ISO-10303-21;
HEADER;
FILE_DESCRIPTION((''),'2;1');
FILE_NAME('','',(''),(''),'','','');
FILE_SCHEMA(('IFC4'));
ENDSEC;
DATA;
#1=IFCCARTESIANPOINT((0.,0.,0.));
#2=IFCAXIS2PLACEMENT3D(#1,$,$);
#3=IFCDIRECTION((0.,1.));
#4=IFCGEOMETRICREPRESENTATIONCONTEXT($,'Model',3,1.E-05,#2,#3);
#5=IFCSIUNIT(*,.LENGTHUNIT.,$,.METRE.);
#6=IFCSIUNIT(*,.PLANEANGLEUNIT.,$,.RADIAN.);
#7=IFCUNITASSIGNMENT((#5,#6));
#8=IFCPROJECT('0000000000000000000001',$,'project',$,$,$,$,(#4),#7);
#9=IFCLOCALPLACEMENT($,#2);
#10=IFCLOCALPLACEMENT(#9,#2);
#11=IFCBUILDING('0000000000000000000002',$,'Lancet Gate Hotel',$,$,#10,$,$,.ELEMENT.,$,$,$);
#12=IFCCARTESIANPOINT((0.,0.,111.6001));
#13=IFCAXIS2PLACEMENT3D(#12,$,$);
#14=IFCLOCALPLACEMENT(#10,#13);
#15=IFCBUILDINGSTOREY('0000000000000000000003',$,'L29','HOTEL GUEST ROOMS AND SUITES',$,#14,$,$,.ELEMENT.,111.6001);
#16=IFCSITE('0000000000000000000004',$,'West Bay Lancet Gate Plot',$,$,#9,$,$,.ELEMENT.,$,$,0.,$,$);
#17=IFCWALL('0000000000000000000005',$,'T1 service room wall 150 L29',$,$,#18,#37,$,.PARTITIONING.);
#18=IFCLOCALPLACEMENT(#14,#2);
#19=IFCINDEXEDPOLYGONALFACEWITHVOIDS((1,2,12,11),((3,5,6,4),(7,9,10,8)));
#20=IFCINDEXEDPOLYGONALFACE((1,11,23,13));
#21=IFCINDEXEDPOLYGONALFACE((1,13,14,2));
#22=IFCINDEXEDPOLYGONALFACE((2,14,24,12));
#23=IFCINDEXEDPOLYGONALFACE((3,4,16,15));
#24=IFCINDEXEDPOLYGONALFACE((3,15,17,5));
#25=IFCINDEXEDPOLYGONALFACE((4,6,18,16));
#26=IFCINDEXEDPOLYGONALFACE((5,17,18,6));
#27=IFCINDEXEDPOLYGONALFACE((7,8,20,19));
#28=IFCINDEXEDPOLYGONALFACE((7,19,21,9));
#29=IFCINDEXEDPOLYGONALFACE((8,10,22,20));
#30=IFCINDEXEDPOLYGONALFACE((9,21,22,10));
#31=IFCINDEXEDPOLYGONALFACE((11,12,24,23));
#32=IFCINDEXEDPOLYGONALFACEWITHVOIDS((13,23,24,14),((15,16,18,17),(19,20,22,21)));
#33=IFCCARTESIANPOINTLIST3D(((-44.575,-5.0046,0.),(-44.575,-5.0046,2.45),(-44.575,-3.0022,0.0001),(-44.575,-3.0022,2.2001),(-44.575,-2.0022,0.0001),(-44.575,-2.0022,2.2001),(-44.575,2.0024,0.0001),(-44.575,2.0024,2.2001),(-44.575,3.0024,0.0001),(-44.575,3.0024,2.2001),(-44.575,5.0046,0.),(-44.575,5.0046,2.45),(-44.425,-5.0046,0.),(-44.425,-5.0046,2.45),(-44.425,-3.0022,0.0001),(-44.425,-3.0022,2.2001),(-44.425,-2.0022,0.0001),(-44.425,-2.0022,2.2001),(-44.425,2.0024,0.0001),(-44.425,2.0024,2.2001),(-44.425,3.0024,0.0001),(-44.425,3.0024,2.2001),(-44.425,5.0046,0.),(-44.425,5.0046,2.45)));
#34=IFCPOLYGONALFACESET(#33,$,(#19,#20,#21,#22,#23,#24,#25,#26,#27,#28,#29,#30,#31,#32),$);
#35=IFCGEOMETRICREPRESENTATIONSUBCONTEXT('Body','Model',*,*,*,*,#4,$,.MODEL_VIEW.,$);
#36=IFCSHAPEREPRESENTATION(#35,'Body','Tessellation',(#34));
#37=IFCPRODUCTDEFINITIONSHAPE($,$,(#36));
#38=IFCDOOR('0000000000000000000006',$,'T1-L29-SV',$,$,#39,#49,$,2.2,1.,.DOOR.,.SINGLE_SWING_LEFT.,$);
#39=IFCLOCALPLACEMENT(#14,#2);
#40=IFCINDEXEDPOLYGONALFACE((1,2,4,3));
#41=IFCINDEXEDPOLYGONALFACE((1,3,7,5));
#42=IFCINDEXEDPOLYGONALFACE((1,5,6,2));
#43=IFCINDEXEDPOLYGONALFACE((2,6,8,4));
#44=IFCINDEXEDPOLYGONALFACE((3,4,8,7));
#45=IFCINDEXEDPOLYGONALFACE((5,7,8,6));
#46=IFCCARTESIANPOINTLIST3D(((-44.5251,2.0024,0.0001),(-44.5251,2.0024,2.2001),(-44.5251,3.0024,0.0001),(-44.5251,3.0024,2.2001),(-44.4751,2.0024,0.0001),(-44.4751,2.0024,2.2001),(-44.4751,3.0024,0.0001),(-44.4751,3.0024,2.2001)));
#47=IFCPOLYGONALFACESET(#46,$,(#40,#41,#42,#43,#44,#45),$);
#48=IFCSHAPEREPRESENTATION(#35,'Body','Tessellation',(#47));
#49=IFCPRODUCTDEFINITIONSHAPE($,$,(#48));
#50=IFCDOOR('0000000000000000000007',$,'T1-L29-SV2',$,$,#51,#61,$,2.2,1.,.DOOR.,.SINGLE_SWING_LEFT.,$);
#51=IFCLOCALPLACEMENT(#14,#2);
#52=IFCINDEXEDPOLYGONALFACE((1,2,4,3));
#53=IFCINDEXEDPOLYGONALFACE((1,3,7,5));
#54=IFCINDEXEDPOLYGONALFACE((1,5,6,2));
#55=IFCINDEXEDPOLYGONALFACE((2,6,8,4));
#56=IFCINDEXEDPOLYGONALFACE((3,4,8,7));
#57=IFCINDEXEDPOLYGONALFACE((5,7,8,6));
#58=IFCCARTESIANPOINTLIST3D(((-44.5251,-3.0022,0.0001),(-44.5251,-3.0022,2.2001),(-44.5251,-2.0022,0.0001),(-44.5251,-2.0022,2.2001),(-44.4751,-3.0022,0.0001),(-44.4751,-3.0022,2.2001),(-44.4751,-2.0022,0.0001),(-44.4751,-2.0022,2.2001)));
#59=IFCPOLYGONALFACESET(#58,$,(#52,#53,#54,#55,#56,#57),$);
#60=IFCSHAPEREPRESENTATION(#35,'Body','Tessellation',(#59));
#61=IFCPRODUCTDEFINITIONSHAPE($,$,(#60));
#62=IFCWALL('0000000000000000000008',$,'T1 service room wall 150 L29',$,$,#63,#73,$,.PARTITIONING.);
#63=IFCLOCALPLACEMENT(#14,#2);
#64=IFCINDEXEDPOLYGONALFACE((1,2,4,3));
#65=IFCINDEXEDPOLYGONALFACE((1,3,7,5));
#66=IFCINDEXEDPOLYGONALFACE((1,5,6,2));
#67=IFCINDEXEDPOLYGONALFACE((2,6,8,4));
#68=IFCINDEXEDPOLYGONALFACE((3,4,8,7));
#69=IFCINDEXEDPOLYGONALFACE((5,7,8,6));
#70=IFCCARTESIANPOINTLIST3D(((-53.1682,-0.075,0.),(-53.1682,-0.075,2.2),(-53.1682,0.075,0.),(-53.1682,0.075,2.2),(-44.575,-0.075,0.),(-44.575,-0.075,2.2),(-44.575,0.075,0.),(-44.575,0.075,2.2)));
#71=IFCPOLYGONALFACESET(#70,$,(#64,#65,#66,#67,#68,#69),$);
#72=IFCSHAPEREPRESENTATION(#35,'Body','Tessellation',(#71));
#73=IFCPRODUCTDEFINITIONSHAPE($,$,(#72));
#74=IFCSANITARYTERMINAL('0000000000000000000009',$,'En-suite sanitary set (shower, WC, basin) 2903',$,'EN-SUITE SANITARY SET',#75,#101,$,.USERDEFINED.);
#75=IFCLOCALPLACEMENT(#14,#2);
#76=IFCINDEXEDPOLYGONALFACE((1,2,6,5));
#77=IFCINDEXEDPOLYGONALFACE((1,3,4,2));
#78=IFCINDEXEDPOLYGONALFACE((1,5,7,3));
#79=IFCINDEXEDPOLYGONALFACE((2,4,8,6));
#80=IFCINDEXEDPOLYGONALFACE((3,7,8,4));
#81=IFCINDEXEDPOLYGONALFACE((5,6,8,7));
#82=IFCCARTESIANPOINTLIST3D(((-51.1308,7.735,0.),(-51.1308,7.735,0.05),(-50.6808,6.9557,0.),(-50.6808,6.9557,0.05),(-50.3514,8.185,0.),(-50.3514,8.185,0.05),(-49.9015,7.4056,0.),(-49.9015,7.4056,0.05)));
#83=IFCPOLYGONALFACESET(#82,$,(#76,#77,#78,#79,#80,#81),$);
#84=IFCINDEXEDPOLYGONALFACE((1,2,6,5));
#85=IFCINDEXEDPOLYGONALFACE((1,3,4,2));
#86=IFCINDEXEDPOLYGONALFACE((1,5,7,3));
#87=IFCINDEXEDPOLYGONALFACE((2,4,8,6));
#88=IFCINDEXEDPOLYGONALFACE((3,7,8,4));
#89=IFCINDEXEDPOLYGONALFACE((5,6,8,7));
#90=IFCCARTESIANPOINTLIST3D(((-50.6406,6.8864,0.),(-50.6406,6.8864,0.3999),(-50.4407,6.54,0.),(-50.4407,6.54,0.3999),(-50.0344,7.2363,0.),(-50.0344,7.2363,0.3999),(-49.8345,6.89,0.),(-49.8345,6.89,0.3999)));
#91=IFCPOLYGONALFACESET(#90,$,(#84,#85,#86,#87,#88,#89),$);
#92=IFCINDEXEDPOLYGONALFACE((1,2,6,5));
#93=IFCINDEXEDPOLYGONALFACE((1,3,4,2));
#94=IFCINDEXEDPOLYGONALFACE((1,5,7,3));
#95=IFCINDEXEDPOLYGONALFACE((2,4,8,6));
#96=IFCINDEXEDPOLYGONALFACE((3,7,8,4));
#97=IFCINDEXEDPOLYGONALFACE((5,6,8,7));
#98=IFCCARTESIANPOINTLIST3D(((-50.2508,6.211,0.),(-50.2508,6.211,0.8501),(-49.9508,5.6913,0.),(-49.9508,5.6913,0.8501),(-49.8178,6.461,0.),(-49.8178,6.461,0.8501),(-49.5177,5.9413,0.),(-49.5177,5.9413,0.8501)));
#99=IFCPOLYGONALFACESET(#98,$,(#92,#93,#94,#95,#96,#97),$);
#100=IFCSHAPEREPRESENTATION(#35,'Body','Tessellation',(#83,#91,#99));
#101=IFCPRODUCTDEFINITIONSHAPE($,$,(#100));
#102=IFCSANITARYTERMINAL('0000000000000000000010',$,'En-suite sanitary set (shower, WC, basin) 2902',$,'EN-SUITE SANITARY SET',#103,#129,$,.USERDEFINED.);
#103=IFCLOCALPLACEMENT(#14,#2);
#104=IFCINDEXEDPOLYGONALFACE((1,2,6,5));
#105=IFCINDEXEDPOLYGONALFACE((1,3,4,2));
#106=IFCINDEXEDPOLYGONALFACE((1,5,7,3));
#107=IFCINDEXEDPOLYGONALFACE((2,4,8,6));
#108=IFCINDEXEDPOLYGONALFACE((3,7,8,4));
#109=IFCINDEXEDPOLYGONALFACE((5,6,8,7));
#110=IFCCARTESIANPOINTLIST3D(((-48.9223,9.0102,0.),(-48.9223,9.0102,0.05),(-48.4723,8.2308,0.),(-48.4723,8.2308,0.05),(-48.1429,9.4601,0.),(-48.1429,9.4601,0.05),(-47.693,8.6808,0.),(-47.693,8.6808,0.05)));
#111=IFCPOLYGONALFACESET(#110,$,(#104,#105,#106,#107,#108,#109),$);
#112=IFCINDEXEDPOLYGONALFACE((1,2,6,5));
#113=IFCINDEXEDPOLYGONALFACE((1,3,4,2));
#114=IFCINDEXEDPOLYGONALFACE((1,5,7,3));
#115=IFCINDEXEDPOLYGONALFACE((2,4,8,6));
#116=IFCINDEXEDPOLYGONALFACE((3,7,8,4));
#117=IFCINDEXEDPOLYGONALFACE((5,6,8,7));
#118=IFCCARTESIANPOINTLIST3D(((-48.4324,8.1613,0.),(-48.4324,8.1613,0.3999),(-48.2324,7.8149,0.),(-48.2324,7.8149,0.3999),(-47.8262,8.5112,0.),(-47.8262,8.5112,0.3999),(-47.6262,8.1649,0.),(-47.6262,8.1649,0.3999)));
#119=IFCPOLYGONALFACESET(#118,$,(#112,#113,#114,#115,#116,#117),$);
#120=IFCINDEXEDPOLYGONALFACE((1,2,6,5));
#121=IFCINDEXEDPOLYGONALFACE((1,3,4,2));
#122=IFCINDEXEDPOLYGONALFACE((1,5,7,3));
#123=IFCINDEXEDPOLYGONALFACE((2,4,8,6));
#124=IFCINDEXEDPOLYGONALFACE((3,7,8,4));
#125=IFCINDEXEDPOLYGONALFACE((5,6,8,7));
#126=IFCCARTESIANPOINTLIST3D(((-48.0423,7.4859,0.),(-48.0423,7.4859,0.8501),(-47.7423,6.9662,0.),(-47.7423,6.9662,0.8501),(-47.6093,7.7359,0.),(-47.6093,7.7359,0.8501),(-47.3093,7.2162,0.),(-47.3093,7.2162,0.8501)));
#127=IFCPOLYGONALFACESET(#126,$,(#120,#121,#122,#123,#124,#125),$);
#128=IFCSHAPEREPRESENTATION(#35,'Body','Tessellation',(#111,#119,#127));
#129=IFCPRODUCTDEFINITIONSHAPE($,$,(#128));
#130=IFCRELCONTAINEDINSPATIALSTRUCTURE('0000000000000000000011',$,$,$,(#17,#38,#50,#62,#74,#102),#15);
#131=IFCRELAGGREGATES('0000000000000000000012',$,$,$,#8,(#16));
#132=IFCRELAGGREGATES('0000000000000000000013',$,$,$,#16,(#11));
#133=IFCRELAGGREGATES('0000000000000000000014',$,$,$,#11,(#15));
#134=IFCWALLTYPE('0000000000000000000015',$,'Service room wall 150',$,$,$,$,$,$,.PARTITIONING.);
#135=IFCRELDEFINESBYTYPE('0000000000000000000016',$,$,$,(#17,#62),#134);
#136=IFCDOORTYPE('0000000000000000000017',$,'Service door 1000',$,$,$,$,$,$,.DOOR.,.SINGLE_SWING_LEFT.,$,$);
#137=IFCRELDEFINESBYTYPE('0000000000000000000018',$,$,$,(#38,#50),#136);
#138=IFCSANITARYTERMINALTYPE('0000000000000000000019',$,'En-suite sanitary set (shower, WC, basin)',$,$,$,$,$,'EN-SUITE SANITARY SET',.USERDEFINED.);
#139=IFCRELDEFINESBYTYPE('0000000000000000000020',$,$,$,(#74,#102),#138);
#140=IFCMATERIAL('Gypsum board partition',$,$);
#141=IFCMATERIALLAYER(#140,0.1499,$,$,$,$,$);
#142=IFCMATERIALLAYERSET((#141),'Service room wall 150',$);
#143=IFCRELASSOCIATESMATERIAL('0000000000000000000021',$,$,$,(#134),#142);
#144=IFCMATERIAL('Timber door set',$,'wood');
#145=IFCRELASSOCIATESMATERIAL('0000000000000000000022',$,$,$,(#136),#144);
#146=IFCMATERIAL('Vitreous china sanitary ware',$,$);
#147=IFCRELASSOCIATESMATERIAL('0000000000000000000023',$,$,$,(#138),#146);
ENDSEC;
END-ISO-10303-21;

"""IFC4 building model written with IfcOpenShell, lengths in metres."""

from ifc_helpers import new_model, si_unit, direction, frame, frame_2d, origin, origin_2d, place, context, subcontext, project, spatial, rectangle, extrude, material, layer, layer_set, type_object, element, fill, save


model = new_model("IFC4")

# Units and contexts
model_context = context("Model", 3, precision=1e-05, world=origin(), true_north=direction((0.0, 1.0)))
body_context = subcontext(model_context, "Body", "Model", "MODEL_VIEW")
ifc_project = project(units=[si_unit("LENGTHUNIT", "METRE"), si_unit("PLANEANGLEUNIT", "RADIAN")], contexts=[model_context])

# Site, building, storey
site_placement = place(None, origin())
site = spatial("IfcSite", under=ifc_project, at=site_placement, Name="West Bay Lancet Gate Plot", CompositionType="ELEMENT", RefElevation=0.0)
building_placement = place(site_placement, origin())
building = spatial("IfcBuilding", under=site, at=building_placement, Name="Lancet Gate Hotel", CompositionType="ELEMENT")
storey_placement = place(building_placement, frame((0.0, 0.0, 111.6001)))
storey = spatial("IfcBuildingStorey", under=building, at=storey_placement, Name="L29", Description="HOTEL GUEST ROOMS AND SUITES", CompositionType="ELEMENT", Elevation=111.6001)

# Shared definitions
ifc_material_1 = material(Name="Gypsum board partition")
ifc_layer_1 = layer(ifc_material_1, 0.1499)
ifc_layer_set_1 = layer_set([ifc_layer_1], Name="Service room wall 150")
wall_type_1 = type_object("IfcWallType", Name="Service room wall 150", PredefinedType="PARTITIONING", material=ifc_layer_set_1)

# Wall, openings, doors
wall_1_placement = place(storey_placement, frame((-44.5, 5.0046, 0.0), z_axis=(0.0, 0.0, 1.0), x_axis=(0.0, -1.0, 0.0)))
wall_1 = element("IfcWall", 1, at=wall_1_placement, inside=storey, type_object=wall_type_1, Name="T1 service room wall 150 L29", PredefinedType="PARTITIONING", context=body_context, shape_type="SweptSolid", body=[
    extrude(rectangle(XDim=10.0093, YDim=0.1499, at=frame_2d((5.0046, 0.0))), origin(), (0.0, 0.0, 1.0), 2.45),
])
opening_1_placement = place(wall_1_placement, frame((2.0022, 0.0, 0.0)))
opening_1 = element("IfcOpeningElement", 2, at=opening_1_placement, cuts=wall_1, PredefinedType="OPENING", context=body_context, shape_type="SweptSolid", body=[
    extrude(rectangle(XDim=1.0, YDim=2.2, at=frame_2d((0.5, 1.1001))), frame((0.0, 0.085, 0.0), z_axis=(0.0, -1.0, 0.0), x_axis=(1.0, 0.0, 0.0)), (0.0, 0.0, 1.0), 0.1699),
])
opening_2_placement = place(wall_1_placement, frame((7.0068, 0.0, 0.0)))
opening_2 = element("IfcOpeningElement", 3, at=opening_2_placement, cuts=wall_1, PredefinedType="OPENING", context=body_context, shape_type="SweptSolid", body=[
    extrude(rectangle(XDim=1.0, YDim=2.2, at=frame_2d((0.5, 1.1001))), frame((0.0, 0.085, 0.0), z_axis=(0.0, -1.0, 0.0), x_axis=(1.0, 0.0, 0.0)), (0.0, 0.0, 1.0), 0.1699),
])
ifc_material_2 = material(Name="Timber door set", Category="wood")
door_type_1 = type_object("IfcDoorType", Name="Service door 1000", OperationType="SINGLE_SWING_LEFT", PredefinedType="DOOR", material=ifc_material_2)
door_1_placement = place(opening_1_placement, origin())
door_1 = element("IfcDoor", 4, at=door_1_placement, inside=storey, type_object=door_type_1, Name="T1-L29-SV", OperationType="SINGLE_SWING_LEFT", OverallHeight=2.2, OverallWidth=1.0, PredefinedType="DOOR", context=body_context, shape_type="SweptSolid", body=[
    extrude(rectangle(XDim=1.0, YDim=2.2, at=frame_2d((0.5, 1.1001))), frame((0.0, 0.0249, 0.0), z_axis=(0.0, -1.0, 0.0), x_axis=(1.0, 0.0, 0.0)), (0.0, 0.0, 1.0), 0.05),
])
fill(opening_1, door_1)
door_2_placement = place(opening_2_placement, origin())
door_2 = element("IfcDoor", 5, at=door_2_placement, inside=storey, type_object=door_type_1, Name="T1-L29-SV2", OperationType="SINGLE_SWING_LEFT", OverallHeight=2.2, OverallWidth=1.0, PredefinedType="DOOR", context=body_context, shape_type="SweptSolid", body=[
    extrude(rectangle(XDim=1.0, YDim=2.2, at=frame_2d((0.5, 1.1001))), frame((0.0, 0.0249, 0.0), z_axis=(0.0, -1.0, 0.0), x_axis=(1.0, 0.0, 0.0)), (0.0, 0.0, 1.0), 0.05),
])
fill(opening_2, door_2)

# Wall
wall_2_placement = place(storey_placement, frame((-44.575, 0.0, 0.0), z_axis=(0.0, 0.0, 1.0), x_axis=(-1.0, 0.0, 0.0)))
element("IfcWall", 6, at=wall_2_placement, inside=storey, type_object=wall_type_1, Name="T1 service room wall 150 L29", PredefinedType="PARTITIONING", context=body_context, shape_type="SweptSolid", body=[
    extrude(rectangle(XDim=8.5933, YDim=0.1499, at=frame_2d((4.2966, 0.0))), origin(), (0.0, 0.0, 1.0), 2.2),
])

# Sanitary terminals
ifc_material_3 = material(Name="Vitreous china sanitary ware")
sanitary_terminal_type = type_object("IfcSanitaryTerminalType", Name="En-suite sanitary set (shower, WC, basin)", ElementType="EN-SUITE SANITARY SET", PredefinedType="USERDEFINED", material=ifc_material_3)
sanitary_terminal_1_placement = place(storey_placement, frame((-50.5161, 7.5703, 0.0), z_axis=(0.0, 0.0, 1.0), x_axis=(1.0, 0.0, 0.0)))
element("IfcSanitaryTerminal", 7, at=sanitary_terminal_1_placement, inside=storey, type_object=sanitary_terminal_type, Name="En-suite sanitary set (shower, WC, basin) 2903", ObjectType="EN-SUITE SANITARY SET", PredefinedType="USERDEFINED", context=body_context, shape_type="SweptSolid", body=[
    extrude(rectangle(XDim=0.8999, YDim=0.8999, at=origin_2d()), frame((0.0, 0.0, 0.0), z_axis=(0.0, 0.0, 1.0), x_axis=(-0.5, 0.866025, 0.0)), (0.0, 0.0, 1.0), 0.05),
    extrude(rectangle(XDim=0.3999, YDim=0.7, at=origin_2d()), frame((0.2786, -0.6821, 0.0), z_axis=(0.0, 0.0, 1.0), x_axis=(-0.5, 0.866025, 0.0)), (0.0, 0.0, 1.0), 0.3999),
    extrude(rectangle(XDim=0.6001, YDim=0.5, at=origin_2d()), frame((0.6318, -1.4941, 0.0), z_axis=(0.0, 0.0, 1.0), x_axis=(-0.5, 0.866025, 0.0)), (0.0, 0.0, 1.0), 0.8501),
])
sanitary_terminal_2_placement = place(storey_placement, frame((-48.3076, 8.8455, 0.0), z_axis=(0.0, 0.0, 1.0), x_axis=(1.0, 0.0, 0.0)))
element("IfcSanitaryTerminal", 8, at=sanitary_terminal_2_placement, inside=storey, type_object=sanitary_terminal_type, Name="En-suite sanitary set (shower, WC, basin) 2902", ObjectType="EN-SUITE SANITARY SET", PredefinedType="USERDEFINED", context=body_context, shape_type="SweptSolid", body=[
    extrude(rectangle(XDim=0.8999, YDim=0.8999, at=origin_2d()), frame((0.0, 0.0, 0.0), z_axis=(0.0, 0.0, 1.0), x_axis=(-0.5, 0.866025, 0.0)), (0.0, 0.0, 1.0), 0.05),
    extrude(rectangle(XDim=0.3999, YDim=0.7, at=origin_2d()), frame((0.2783, -0.6824, 0.0), z_axis=(0.0, 0.0, 1.0), x_axis=(-0.5, 0.866025, 0.0)), (0.0, 0.0, 1.0), 0.3999),
    extrude(rectangle(XDim=0.6001, YDim=0.5, at=origin_2d()), frame((0.6318, -1.4944, 0.0), z_axis=(0.0, 0.0, 1.0), x_axis=(-0.5, 0.866025, 0.0)), (0.0, 0.0, 1.0), 0.8501),
])

save(model, "model.ifc")
